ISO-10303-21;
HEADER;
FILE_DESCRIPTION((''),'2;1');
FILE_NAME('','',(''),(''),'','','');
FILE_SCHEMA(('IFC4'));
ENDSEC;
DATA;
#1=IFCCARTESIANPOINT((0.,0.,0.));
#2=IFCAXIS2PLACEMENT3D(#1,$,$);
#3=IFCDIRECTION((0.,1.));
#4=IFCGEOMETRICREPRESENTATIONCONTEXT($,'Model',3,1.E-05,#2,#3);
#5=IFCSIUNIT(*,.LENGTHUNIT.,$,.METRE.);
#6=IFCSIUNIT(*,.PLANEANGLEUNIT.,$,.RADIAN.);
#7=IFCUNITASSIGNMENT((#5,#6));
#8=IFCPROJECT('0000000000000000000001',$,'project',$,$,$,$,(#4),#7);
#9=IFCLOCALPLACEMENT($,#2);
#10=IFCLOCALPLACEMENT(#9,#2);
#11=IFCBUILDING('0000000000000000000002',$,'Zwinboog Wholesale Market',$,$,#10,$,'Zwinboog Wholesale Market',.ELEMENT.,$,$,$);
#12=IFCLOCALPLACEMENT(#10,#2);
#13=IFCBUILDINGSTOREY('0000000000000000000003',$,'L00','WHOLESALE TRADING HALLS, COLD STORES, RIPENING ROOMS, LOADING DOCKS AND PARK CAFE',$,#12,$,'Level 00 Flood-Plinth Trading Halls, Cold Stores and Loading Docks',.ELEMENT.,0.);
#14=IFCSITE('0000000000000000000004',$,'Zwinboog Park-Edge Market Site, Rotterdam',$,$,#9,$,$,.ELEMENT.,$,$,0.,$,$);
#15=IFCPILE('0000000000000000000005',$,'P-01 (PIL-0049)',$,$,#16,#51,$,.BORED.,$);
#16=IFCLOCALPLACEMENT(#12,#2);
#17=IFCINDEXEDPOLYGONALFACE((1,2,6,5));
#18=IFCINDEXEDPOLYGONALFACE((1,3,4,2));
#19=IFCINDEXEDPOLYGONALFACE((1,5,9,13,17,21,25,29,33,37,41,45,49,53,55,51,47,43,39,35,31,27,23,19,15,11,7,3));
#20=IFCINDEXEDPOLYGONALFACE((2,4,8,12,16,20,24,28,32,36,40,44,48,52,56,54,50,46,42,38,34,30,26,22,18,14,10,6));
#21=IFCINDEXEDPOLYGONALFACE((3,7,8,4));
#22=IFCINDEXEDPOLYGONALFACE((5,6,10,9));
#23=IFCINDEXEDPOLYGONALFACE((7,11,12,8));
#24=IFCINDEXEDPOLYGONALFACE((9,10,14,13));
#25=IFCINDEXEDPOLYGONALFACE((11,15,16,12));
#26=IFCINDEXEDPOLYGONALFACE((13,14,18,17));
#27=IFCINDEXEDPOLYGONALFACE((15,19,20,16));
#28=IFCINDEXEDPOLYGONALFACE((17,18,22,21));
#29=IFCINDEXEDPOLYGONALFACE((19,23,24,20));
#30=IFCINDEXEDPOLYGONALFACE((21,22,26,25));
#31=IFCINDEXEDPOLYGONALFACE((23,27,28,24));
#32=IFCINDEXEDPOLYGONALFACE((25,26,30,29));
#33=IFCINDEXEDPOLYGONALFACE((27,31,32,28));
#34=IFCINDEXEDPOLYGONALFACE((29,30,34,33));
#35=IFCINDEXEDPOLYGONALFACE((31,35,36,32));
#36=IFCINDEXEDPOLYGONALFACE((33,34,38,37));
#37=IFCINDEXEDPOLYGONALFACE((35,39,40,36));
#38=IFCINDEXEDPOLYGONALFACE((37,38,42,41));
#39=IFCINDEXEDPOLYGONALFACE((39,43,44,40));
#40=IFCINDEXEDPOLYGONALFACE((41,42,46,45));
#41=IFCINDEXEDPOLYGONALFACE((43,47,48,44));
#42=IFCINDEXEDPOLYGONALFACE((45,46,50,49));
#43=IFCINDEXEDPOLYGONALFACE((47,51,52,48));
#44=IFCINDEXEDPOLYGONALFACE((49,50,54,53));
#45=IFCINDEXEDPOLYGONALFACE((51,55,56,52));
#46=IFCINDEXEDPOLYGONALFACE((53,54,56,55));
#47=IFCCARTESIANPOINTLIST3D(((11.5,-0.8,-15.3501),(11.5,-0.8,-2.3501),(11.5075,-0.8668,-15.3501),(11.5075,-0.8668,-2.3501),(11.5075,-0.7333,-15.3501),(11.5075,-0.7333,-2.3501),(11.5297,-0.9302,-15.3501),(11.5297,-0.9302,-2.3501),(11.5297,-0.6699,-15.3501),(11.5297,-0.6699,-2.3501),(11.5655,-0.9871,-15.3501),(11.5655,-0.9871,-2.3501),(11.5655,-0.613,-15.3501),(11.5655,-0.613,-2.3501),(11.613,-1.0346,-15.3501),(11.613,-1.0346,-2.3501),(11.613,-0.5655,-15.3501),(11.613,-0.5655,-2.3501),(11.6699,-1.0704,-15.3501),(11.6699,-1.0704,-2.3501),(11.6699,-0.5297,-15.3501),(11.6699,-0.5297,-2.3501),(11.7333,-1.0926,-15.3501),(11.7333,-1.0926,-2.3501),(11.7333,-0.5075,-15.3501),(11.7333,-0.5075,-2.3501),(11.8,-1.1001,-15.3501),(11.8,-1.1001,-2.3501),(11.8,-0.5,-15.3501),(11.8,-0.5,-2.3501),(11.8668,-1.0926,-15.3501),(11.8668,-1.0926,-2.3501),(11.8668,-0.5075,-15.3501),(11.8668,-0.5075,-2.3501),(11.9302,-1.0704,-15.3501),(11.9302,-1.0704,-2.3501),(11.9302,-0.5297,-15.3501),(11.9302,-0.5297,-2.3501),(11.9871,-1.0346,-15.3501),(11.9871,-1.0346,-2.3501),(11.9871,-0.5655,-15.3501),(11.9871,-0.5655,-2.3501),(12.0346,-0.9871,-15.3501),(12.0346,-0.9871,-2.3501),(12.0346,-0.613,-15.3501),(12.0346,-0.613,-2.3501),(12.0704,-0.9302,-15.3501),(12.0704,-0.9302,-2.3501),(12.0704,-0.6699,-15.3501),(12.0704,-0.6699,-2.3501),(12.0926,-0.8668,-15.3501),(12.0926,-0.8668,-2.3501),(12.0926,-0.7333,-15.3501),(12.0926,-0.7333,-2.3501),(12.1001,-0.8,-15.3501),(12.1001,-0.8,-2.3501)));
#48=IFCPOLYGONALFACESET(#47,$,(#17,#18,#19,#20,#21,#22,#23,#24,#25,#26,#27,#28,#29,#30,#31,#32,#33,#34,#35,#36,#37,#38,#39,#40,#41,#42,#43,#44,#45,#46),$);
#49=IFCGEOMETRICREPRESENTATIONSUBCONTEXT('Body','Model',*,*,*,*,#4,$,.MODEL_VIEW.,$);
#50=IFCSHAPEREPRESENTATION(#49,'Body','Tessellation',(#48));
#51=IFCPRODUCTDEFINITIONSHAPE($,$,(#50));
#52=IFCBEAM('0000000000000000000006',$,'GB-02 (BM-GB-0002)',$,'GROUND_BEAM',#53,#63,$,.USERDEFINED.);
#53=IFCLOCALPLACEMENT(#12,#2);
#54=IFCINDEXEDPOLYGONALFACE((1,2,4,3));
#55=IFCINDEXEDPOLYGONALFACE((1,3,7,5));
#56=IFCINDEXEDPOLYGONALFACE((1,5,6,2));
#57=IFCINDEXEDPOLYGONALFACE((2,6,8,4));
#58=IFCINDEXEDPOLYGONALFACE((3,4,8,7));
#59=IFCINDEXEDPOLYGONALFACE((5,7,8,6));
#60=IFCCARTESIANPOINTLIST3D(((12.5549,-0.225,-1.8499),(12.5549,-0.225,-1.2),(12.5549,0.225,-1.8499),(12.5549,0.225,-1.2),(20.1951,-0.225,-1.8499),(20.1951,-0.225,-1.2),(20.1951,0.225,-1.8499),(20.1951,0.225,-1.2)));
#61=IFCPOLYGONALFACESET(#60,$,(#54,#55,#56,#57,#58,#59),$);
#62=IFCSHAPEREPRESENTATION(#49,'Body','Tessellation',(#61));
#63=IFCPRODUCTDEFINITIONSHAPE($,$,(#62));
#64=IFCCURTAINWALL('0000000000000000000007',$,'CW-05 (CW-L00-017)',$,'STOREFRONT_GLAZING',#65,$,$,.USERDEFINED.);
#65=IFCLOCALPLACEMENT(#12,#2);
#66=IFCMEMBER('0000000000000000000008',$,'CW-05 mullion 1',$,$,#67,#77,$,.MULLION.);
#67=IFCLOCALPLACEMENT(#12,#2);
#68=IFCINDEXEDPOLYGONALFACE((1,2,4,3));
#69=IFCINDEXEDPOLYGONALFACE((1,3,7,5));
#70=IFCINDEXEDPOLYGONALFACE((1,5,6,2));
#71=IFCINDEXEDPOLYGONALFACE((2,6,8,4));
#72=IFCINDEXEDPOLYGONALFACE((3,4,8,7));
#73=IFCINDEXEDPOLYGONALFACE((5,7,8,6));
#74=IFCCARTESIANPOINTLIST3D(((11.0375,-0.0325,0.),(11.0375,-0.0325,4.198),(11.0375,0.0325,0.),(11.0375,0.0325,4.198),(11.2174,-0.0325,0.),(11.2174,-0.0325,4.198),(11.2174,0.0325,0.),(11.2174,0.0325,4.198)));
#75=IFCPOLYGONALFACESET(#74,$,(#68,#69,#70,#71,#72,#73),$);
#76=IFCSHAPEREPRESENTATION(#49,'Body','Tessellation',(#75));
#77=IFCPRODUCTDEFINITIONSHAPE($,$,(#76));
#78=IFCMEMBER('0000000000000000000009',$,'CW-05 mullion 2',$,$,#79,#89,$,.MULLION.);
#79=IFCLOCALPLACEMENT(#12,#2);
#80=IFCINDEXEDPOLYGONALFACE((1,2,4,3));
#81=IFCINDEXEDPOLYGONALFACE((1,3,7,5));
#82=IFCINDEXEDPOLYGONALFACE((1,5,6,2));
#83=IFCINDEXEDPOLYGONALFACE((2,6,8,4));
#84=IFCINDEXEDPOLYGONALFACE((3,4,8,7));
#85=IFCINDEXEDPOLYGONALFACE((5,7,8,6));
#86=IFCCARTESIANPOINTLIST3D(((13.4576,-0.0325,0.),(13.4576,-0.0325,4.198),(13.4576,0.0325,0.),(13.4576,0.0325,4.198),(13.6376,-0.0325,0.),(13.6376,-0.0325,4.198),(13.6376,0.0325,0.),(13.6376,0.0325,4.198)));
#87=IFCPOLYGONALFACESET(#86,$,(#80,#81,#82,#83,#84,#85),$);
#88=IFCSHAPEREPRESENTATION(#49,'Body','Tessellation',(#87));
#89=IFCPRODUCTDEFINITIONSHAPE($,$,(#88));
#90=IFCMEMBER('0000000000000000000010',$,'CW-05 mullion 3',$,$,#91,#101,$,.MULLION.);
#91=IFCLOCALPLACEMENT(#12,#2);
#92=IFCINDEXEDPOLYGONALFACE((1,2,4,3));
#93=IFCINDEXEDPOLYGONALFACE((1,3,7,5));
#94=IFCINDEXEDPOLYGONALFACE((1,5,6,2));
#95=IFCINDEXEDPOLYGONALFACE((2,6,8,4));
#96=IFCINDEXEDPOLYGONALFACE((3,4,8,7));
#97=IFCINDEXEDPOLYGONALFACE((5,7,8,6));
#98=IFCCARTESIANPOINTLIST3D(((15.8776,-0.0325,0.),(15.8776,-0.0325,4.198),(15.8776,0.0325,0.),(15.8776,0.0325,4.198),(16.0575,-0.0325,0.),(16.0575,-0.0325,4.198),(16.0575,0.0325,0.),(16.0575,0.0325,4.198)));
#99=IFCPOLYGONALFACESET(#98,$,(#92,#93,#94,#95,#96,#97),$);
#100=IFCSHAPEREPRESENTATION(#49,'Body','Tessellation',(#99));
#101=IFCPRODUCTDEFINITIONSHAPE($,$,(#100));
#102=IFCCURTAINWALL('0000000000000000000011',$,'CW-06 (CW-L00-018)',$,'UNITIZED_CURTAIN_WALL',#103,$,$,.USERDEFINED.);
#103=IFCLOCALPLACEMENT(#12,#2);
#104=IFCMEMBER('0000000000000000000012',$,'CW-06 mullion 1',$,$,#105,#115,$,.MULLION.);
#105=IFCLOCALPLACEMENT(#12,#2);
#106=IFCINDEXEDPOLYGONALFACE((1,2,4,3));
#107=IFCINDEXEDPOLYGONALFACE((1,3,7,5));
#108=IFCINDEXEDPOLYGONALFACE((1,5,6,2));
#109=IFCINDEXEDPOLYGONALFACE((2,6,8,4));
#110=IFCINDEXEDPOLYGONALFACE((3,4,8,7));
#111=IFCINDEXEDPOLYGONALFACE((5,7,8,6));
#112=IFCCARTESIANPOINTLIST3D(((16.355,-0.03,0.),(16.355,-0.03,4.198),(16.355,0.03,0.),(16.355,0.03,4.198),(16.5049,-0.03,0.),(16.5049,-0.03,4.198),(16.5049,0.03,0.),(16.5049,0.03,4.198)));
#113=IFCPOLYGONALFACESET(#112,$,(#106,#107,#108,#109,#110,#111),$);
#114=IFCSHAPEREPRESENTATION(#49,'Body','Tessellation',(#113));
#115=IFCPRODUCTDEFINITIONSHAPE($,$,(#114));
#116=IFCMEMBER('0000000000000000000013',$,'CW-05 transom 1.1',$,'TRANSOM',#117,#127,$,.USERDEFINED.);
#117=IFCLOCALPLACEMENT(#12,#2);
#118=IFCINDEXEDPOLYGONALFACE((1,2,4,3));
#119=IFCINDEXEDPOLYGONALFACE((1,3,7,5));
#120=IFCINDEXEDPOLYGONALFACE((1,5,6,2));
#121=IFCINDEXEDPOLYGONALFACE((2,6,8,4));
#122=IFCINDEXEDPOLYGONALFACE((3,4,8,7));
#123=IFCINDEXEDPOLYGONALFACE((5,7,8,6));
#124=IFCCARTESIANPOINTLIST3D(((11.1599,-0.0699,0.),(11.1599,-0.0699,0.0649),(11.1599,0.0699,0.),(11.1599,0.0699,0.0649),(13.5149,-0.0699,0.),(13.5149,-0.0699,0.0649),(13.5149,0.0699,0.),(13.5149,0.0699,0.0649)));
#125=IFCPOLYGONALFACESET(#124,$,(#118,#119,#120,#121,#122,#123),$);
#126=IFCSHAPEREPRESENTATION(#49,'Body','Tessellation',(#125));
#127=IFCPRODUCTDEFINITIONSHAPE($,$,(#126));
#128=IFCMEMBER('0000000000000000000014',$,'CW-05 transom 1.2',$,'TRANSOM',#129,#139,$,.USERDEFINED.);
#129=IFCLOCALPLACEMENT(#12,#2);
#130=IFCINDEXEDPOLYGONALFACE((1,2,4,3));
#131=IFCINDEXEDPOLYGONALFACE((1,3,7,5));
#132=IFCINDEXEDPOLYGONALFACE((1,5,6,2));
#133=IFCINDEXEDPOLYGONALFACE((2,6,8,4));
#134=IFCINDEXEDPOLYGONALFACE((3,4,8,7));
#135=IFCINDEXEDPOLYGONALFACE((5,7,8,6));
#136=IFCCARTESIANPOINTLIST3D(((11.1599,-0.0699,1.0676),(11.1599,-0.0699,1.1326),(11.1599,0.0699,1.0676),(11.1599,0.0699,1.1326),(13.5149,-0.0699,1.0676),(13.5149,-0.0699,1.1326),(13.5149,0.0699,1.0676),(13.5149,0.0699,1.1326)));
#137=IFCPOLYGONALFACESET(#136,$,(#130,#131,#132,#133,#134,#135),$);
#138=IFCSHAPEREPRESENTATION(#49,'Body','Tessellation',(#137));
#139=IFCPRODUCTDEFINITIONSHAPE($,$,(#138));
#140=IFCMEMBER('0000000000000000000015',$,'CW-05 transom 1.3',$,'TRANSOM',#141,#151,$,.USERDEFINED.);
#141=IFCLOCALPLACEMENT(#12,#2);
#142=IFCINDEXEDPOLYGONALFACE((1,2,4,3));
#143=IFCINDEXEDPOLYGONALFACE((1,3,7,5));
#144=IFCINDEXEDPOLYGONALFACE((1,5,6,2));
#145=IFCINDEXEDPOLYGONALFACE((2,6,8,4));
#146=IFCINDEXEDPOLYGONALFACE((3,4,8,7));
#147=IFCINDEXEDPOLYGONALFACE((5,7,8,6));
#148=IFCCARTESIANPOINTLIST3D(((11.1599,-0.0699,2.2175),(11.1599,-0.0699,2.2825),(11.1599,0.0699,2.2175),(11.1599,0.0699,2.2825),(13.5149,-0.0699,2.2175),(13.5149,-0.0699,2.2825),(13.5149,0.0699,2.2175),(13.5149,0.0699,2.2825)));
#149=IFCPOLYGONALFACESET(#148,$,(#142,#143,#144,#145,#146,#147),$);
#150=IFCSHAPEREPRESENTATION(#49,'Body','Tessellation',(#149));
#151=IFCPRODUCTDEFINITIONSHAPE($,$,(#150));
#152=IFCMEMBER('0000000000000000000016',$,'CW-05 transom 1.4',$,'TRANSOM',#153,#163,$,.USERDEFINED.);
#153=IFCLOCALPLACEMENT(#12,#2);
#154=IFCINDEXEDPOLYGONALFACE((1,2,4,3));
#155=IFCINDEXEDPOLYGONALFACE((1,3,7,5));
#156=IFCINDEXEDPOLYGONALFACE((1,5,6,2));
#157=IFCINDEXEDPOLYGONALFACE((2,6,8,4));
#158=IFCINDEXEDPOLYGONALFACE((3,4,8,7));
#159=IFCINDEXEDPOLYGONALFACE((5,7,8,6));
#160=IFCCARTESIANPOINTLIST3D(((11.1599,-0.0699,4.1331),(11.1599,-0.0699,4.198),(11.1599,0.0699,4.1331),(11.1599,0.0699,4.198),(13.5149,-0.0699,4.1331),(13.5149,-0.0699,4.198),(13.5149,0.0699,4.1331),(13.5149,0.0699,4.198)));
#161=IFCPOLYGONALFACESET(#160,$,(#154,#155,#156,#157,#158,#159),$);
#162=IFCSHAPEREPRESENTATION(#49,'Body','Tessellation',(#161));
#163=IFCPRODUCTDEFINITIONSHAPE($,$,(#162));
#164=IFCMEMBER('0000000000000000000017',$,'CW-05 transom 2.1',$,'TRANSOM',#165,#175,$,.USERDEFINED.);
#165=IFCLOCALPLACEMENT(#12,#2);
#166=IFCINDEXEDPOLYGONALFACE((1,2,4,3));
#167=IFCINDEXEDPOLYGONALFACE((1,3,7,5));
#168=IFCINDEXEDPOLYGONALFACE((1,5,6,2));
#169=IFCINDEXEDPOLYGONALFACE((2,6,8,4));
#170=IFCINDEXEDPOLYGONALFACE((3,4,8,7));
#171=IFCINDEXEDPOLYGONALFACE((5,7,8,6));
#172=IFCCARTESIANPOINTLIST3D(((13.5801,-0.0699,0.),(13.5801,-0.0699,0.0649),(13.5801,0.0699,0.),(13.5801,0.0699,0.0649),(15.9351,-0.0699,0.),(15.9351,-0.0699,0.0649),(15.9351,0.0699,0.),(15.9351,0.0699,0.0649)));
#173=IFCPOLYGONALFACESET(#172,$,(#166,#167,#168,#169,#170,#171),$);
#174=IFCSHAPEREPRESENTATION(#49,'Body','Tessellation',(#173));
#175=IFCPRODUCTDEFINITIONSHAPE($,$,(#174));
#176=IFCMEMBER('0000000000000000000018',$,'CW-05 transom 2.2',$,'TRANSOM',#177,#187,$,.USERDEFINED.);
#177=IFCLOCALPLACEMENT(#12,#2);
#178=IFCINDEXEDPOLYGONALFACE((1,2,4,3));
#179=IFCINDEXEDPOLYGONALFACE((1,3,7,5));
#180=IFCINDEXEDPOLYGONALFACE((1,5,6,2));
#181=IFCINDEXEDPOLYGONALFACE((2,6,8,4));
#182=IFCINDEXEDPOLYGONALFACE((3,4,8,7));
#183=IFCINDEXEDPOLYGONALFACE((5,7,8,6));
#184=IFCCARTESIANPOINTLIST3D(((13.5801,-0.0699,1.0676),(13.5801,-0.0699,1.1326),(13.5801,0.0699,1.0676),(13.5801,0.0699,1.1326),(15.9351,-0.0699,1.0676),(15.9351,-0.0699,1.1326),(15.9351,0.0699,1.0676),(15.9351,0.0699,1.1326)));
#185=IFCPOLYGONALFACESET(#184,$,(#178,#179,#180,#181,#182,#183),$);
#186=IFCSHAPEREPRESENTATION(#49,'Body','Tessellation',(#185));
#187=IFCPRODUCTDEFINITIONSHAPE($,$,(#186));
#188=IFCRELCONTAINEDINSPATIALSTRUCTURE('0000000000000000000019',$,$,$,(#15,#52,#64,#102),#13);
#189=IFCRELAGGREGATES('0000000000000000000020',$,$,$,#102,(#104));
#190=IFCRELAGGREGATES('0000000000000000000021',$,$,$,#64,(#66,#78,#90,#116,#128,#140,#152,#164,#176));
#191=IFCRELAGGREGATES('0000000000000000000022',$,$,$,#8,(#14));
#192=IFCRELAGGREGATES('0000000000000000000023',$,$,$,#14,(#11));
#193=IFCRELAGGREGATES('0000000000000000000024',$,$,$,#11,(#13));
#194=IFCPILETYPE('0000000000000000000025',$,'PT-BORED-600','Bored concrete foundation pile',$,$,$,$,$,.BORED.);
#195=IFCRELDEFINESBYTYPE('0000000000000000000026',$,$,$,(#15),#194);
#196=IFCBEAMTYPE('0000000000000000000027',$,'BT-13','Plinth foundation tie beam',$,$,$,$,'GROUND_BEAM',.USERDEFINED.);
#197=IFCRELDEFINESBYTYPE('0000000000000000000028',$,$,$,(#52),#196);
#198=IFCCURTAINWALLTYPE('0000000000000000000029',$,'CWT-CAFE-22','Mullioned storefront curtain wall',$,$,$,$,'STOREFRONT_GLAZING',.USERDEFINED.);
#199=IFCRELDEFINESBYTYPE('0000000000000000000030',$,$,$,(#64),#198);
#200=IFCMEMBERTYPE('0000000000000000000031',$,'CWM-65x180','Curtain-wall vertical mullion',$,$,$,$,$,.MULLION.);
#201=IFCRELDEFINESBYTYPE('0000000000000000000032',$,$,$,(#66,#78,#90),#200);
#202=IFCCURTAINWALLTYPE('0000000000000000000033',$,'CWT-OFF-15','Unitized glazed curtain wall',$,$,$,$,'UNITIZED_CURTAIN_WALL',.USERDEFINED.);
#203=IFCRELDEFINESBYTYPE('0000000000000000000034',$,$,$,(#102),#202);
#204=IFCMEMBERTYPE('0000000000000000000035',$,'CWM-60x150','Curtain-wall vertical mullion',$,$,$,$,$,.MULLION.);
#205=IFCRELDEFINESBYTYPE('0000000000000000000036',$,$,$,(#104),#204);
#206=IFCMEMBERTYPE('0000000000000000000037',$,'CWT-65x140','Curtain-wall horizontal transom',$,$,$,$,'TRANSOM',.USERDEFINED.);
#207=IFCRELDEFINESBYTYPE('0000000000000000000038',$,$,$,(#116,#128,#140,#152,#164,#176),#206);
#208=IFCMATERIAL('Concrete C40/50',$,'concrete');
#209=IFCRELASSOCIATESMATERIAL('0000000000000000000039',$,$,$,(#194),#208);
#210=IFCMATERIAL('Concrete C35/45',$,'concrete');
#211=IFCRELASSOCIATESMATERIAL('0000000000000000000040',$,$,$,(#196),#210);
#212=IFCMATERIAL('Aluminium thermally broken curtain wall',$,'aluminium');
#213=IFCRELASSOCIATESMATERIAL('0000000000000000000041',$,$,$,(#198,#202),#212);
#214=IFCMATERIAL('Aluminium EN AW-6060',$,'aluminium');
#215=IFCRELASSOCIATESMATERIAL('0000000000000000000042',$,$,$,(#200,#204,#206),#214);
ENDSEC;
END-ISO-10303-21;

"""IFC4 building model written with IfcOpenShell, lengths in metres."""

from ifc_helpers import new_model, si_unit, direction, frame, origin, origin_2d, place, context, subcontext, project, spatial, rectangle, circle, extrude, material, material_profile, profile_set, type_object, element, aggregate, save


model = new_model("IFC4")

# Units and contexts
model_context = context("Model", 3, precision=1e-05, world=origin(), true_north=direction((0.0, 1.0)))
body_context = subcontext(model_context, "Body", "Model", "MODEL_VIEW")
ifc_project = project(units=[si_unit("LENGTHUNIT", "METRE"), si_unit("PLANEANGLEUNIT", "RADIAN")], contexts=[model_context])

# Site, building, storey
site_placement = place(None, origin())
site = spatial("IfcSite", under=ifc_project, at=site_placement, Name="Zwinboog Park-Edge Market Site, Rotterdam", CompositionType="ELEMENT", RefElevation=0.0)
building_placement = place(site_placement, origin())
building = spatial("IfcBuilding", under=site, at=building_placement, Name="Zwinboog Wholesale Market", LongName="Zwinboog Wholesale Market", CompositionType="ELEMENT")
storey_placement = place(building_placement, origin())
storey = spatial("IfcBuildingStorey", under=building, at=storey_placement, Name="L00", Description="WHOLESALE TRADING HALLS, COLD STORES, RIPENING ROOMS, LOADING DOCKS AND PARK CAFE", LongName="Level 00 Flood-Plinth Trading Halls, Cold Stores and Loading Docks", CompositionType="ELEMENT", Elevation=0.0)

# Pile
ifc_material_1 = material(Name="Concrete C40/50", Category="concrete")
ifc_material_profile_1 = material_profile(ifc_material_1, circle(Radius=0.3, at=origin_2d()), Name="PILE D600")
ifc_profile_set_1 = profile_set([ifc_material_profile_1], Name="Concrete C40/50")
pile_type = type_object("IfcPileType", Name="PT-BORED-600", Description="Bored concrete foundation pile", PredefinedType="BORED", material=ifc_profile_set_1)
pile_placement = place(storey_placement, frame((11.8, -0.8, -2.3501), z_axis=(0.0, 0.0, -1.0), x_axis=(1.0, 0.0, 0.0)))
element("IfcPile", 1, at=pile_placement, inside=storey, type_object=pile_type, Name="P-01 (PIL-0049)", PredefinedType="BORED", context=body_context, shape_type="SweptSolid", body=[
    extrude(circle(Radius=0.3, at=origin_2d()), origin(), (0.0, 0.0, 1.0), 13.0),
])

# Beam
ifc_material_2 = material(Name="Concrete C35/45", Category="concrete")
ifc_material_profile_2 = material_profile(ifc_material_2, rectangle(XDim=0.45, YDim=0.6499, at=origin_2d()), Name="RC 450x650")
ifc_profile_set_2 = profile_set([ifc_material_profile_2], Name="Concrete C35/45")
beam_type = type_object("IfcBeamType", Name="BT-13", Description="Plinth foundation tie beam", ElementType="GROUND_BEAM", PredefinedType="USERDEFINED", material=ifc_profile_set_2)
beam_placement = place(storey_placement, frame((12.5549, 0.0, -1.5249), z_axis=(1.0, 0.0, 0.0), x_axis=(0.0, 1.0, 0.0)))
element("IfcBeam", 2, at=beam_placement, inside=storey, type_object=beam_type, Name="GB-02 (BM-GB-0002)", ObjectType="GROUND_BEAM", PredefinedType="USERDEFINED", context=body_context, shape_type="SweptSolid", body=[
    extrude(rectangle(XDim=0.45, YDim=0.6499, at=origin_2d()), origin(), (0.0, 0.0, 1.0), 7.6401),
])

# Curtain wall, members
ifc_material_3 = material(Name="Aluminium thermally broken curtain wall", Category="aluminium")
curtain_wall_type_1 = type_object("IfcCurtainWallType", Name="CWT-CAFE-22", Description="Mullioned storefront curtain wall", ElementType="STOREFRONT_GLAZING", PredefinedType="USERDEFINED", material=ifc_material_3)
curtain_wall_1_placement = place(storey_placement, origin())
curtain_wall_1 = element("IfcCurtainWall", 3, at=curtain_wall_1_placement, inside=storey, type_object=curtain_wall_type_1, Name="CW-05 (CW-L00-017)", ObjectType="STOREFRONT_GLAZING", PredefinedType="USERDEFINED")
ifc_material_4 = material(Name="Aluminium EN AW-6060", Category="aluminium")
ifc_material_profile_3 = material_profile(ifc_material_4, rectangle(XDim=0.0649, YDim=0.1799, at=origin_2d()), Name="AL 65x180")
ifc_profile_set_3 = profile_set([ifc_material_profile_3], Name="Aluminium EN AW-6060")
member_type_1 = type_object("IfcMemberType", Name="CWM-65x180", Description="Curtain-wall vertical mullion", PredefinedType="MULLION", material=ifc_profile_set_3)
member_1_placement = place(storey_placement, frame((11.1274, 0.0, 0.0), z_axis=(0.0, 0.0, 1.0), x_axis=(0.0, 1.0, 0.0)))
member_1 = element("IfcMember", 4, at=member_1_placement, type_object=member_type_1, Name="CW-05 mullion 1", PredefinedType="MULLION", context=body_context, shape_type="SweptSolid", body=[
    extrude(rectangle(XDim=0.0649, YDim=0.1799, at=origin_2d()), origin(), (0.0, 0.0, 1.0), 4.198),
])
member_2_placement = place(storey_placement, frame((13.5476, 0.0, 0.0), z_axis=(0.0, 0.0, 1.0), x_axis=(0.0, 1.0, 0.0)))
member_2 = element("IfcMember", 5, at=member_2_placement, type_object=member_type_1, Name="CW-05 mullion 2", PredefinedType="MULLION", context=body_context, shape_type="SweptSolid", body=[
    extrude(rectangle(XDim=0.0649, YDim=0.1799, at=origin_2d()), origin(), (0.0, 0.0, 1.0), 4.198),
])
member_3_placement = place(storey_placement, frame((15.9675, 0.0, 0.0), z_axis=(0.0, 0.0, 1.0), x_axis=(0.0, 1.0, 0.0)))
member_3 = element("IfcMember", 6, at=member_3_placement, type_object=member_type_1, Name="CW-05 mullion 3", PredefinedType="MULLION", context=body_context, shape_type="SweptSolid", body=[
    extrude(rectangle(XDim=0.0649, YDim=0.1799, at=origin_2d()), origin(), (0.0, 0.0, 1.0), 4.198),
])

# Curtain wall, member
curtain_wall_type_2 = type_object("IfcCurtainWallType", Name="CWT-OFF-15", Description="Unitized glazed curtain wall", ElementType="UNITIZED_CURTAIN_WALL", PredefinedType="USERDEFINED", material=ifc_material_3)
curtain_wall_2_placement = place(storey_placement, origin())
curtain_wall_2 = element("IfcCurtainWall", 7, at=curtain_wall_2_placement, inside=storey, type_object=curtain_wall_type_2, Name="CW-06 (CW-L00-018)", ObjectType="UNITIZED_CURTAIN_WALL", PredefinedType="USERDEFINED")
ifc_material_profile_4 = material_profile(ifc_material_4, rectangle(XDim=0.0601, YDim=0.1499, at=origin_2d()), Name="AL 60x150")
ifc_profile_set_4 = profile_set([ifc_material_profile_4], Name="Aluminium EN AW-6060")
member_type_2 = type_object("IfcMemberType", Name="CWM-60x150", Description="Curtain-wall vertical mullion", PredefinedType="MULLION", material=ifc_profile_set_4)
member_4_placement = place(storey_placement, frame((16.4299, 0.0, 0.0), z_axis=(0.0, 0.0, 1.0), x_axis=(0.0, 1.0, 0.0)))
member_4 = element("IfcMember", 8, at=member_4_placement, type_object=member_type_2, Name="CW-06 mullion 1", PredefinedType="MULLION", context=body_context, shape_type="SweptSolid", body=[
    extrude(rectangle(XDim=0.0601, YDim=0.1499, at=origin_2d()), origin(), (0.0, 0.0, 1.0), 4.198),
])
aggregate(curtain_wall_2, [member_4])

# Members
ifc_material_profile_5 = material_profile(ifc_material_4, rectangle(XDim=0.1399, YDim=0.0649, at=origin_2d()), Name="AL 65x140")
ifc_profile_set_5 = profile_set([ifc_material_profile_5], Name="Aluminium EN AW-6060")
member_type_3 = type_object("IfcMemberType", Name="CWT-65x140", Description="Curtain-wall horizontal transom", ElementType="TRANSOM", PredefinedType="USERDEFINED", material=ifc_profile_set_5)
member_5_placement = place(storey_placement, frame((11.1599, 0.0, 0.0325), z_axis=(1.0, 0.0, 0.0), x_axis=(0.0, 1.0, 0.0)))
member_5 = element("IfcMember", 9, at=member_5_placement, type_object=member_type_3, Name="CW-05 transom 1.1", ObjectType="TRANSOM", PredefinedType="USERDEFINED", context=body_context, shape_type="SweptSolid", body=[
    extrude(rectangle(XDim=0.1399, YDim=0.0649, at=origin_2d()), origin(), (0.0, 0.0, 1.0), 2.355),
])
member_6_placement = place(storey_placement, frame((11.1599, 0.0, 1.1001), z_axis=(1.0, 0.0, 0.0), x_axis=(0.0, 1.0, 0.0)))
member_6 = element("IfcMember", 10, at=member_6_placement, type_object=member_type_3, Name="CW-05 transom 1.2", ObjectType="TRANSOM", PredefinedType="USERDEFINED", context=body_context, shape_type="SweptSolid", body=[
    extrude(rectangle(XDim=0.1399, YDim=0.0649, at=origin_2d()), origin(), (0.0, 0.0, 1.0), 2.355),
])
member_7_placement = place(storey_placement, frame((11.1599, 0.0, 2.25), z_axis=(1.0, 0.0, 0.0), x_axis=(0.0, 1.0, 0.0)))
member_7 = element("IfcMember", 11, at=member_7_placement, type_object=member_type_3, Name="CW-05 transom 1.3", ObjectType="TRANSOM", PredefinedType="USERDEFINED", context=body_context, shape_type="SweptSolid", body=[
    extrude(rectangle(XDim=0.1399, YDim=0.0649, at=origin_2d()), origin(), (0.0, 0.0, 1.0), 2.355),
])
member_8_placement = place(storey_placement, frame((11.1599, 0.0, 4.1655), z_axis=(1.0, 0.0, 0.0), x_axis=(0.0, 1.0, 0.0)))
member_8 = element("IfcMember", 12, at=member_8_placement, type_object=member_type_3, Name="CW-05 transom 1.4", ObjectType="TRANSOM", PredefinedType="USERDEFINED", context=body_context, shape_type="SweptSolid", body=[
    extrude(rectangle(XDim=0.1399, YDim=0.0649, at=origin_2d()), origin(), (0.0, 0.0, 1.0), 2.355),
])
member_9_placement = place(storey_placement, frame((13.5801, 0.0, 0.0325), z_axis=(1.0, 0.0, 0.0), x_axis=(0.0, 1.0, 0.0)))
member_9 = element("IfcMember", 13, at=member_9_placement, type_object=member_type_3, Name="CW-05 transom 2.1", ObjectType="TRANSOM", PredefinedType="USERDEFINED", context=body_context, shape_type="SweptSolid", body=[
    extrude(rectangle(XDim=0.1399, YDim=0.0649, at=origin_2d()), origin(), (0.0, 0.0, 1.0), 2.355),
])
member_10_placement = place(storey_placement, frame((13.5801, 0.0, 1.1001), z_axis=(1.0, 0.0, 0.0), x_axis=(0.0, 1.0, 0.0)))
member_10 = element("IfcMember", 14, at=member_10_placement, type_object=member_type_3, Name="CW-05 transom 2.2", ObjectType="TRANSOM", PredefinedType="USERDEFINED", context=body_context, shape_type="SweptSolid", body=[
    extrude(rectangle(XDim=0.1399, YDim=0.0649, at=origin_2d()), origin(), (0.0, 0.0, 1.0), 2.355),
])

aggregate(curtain_wall_1, [member_1, member_2, member_3, member_5, member_6, member_7, member_8, member_9, member_10])

save(model, "model.ifc")
